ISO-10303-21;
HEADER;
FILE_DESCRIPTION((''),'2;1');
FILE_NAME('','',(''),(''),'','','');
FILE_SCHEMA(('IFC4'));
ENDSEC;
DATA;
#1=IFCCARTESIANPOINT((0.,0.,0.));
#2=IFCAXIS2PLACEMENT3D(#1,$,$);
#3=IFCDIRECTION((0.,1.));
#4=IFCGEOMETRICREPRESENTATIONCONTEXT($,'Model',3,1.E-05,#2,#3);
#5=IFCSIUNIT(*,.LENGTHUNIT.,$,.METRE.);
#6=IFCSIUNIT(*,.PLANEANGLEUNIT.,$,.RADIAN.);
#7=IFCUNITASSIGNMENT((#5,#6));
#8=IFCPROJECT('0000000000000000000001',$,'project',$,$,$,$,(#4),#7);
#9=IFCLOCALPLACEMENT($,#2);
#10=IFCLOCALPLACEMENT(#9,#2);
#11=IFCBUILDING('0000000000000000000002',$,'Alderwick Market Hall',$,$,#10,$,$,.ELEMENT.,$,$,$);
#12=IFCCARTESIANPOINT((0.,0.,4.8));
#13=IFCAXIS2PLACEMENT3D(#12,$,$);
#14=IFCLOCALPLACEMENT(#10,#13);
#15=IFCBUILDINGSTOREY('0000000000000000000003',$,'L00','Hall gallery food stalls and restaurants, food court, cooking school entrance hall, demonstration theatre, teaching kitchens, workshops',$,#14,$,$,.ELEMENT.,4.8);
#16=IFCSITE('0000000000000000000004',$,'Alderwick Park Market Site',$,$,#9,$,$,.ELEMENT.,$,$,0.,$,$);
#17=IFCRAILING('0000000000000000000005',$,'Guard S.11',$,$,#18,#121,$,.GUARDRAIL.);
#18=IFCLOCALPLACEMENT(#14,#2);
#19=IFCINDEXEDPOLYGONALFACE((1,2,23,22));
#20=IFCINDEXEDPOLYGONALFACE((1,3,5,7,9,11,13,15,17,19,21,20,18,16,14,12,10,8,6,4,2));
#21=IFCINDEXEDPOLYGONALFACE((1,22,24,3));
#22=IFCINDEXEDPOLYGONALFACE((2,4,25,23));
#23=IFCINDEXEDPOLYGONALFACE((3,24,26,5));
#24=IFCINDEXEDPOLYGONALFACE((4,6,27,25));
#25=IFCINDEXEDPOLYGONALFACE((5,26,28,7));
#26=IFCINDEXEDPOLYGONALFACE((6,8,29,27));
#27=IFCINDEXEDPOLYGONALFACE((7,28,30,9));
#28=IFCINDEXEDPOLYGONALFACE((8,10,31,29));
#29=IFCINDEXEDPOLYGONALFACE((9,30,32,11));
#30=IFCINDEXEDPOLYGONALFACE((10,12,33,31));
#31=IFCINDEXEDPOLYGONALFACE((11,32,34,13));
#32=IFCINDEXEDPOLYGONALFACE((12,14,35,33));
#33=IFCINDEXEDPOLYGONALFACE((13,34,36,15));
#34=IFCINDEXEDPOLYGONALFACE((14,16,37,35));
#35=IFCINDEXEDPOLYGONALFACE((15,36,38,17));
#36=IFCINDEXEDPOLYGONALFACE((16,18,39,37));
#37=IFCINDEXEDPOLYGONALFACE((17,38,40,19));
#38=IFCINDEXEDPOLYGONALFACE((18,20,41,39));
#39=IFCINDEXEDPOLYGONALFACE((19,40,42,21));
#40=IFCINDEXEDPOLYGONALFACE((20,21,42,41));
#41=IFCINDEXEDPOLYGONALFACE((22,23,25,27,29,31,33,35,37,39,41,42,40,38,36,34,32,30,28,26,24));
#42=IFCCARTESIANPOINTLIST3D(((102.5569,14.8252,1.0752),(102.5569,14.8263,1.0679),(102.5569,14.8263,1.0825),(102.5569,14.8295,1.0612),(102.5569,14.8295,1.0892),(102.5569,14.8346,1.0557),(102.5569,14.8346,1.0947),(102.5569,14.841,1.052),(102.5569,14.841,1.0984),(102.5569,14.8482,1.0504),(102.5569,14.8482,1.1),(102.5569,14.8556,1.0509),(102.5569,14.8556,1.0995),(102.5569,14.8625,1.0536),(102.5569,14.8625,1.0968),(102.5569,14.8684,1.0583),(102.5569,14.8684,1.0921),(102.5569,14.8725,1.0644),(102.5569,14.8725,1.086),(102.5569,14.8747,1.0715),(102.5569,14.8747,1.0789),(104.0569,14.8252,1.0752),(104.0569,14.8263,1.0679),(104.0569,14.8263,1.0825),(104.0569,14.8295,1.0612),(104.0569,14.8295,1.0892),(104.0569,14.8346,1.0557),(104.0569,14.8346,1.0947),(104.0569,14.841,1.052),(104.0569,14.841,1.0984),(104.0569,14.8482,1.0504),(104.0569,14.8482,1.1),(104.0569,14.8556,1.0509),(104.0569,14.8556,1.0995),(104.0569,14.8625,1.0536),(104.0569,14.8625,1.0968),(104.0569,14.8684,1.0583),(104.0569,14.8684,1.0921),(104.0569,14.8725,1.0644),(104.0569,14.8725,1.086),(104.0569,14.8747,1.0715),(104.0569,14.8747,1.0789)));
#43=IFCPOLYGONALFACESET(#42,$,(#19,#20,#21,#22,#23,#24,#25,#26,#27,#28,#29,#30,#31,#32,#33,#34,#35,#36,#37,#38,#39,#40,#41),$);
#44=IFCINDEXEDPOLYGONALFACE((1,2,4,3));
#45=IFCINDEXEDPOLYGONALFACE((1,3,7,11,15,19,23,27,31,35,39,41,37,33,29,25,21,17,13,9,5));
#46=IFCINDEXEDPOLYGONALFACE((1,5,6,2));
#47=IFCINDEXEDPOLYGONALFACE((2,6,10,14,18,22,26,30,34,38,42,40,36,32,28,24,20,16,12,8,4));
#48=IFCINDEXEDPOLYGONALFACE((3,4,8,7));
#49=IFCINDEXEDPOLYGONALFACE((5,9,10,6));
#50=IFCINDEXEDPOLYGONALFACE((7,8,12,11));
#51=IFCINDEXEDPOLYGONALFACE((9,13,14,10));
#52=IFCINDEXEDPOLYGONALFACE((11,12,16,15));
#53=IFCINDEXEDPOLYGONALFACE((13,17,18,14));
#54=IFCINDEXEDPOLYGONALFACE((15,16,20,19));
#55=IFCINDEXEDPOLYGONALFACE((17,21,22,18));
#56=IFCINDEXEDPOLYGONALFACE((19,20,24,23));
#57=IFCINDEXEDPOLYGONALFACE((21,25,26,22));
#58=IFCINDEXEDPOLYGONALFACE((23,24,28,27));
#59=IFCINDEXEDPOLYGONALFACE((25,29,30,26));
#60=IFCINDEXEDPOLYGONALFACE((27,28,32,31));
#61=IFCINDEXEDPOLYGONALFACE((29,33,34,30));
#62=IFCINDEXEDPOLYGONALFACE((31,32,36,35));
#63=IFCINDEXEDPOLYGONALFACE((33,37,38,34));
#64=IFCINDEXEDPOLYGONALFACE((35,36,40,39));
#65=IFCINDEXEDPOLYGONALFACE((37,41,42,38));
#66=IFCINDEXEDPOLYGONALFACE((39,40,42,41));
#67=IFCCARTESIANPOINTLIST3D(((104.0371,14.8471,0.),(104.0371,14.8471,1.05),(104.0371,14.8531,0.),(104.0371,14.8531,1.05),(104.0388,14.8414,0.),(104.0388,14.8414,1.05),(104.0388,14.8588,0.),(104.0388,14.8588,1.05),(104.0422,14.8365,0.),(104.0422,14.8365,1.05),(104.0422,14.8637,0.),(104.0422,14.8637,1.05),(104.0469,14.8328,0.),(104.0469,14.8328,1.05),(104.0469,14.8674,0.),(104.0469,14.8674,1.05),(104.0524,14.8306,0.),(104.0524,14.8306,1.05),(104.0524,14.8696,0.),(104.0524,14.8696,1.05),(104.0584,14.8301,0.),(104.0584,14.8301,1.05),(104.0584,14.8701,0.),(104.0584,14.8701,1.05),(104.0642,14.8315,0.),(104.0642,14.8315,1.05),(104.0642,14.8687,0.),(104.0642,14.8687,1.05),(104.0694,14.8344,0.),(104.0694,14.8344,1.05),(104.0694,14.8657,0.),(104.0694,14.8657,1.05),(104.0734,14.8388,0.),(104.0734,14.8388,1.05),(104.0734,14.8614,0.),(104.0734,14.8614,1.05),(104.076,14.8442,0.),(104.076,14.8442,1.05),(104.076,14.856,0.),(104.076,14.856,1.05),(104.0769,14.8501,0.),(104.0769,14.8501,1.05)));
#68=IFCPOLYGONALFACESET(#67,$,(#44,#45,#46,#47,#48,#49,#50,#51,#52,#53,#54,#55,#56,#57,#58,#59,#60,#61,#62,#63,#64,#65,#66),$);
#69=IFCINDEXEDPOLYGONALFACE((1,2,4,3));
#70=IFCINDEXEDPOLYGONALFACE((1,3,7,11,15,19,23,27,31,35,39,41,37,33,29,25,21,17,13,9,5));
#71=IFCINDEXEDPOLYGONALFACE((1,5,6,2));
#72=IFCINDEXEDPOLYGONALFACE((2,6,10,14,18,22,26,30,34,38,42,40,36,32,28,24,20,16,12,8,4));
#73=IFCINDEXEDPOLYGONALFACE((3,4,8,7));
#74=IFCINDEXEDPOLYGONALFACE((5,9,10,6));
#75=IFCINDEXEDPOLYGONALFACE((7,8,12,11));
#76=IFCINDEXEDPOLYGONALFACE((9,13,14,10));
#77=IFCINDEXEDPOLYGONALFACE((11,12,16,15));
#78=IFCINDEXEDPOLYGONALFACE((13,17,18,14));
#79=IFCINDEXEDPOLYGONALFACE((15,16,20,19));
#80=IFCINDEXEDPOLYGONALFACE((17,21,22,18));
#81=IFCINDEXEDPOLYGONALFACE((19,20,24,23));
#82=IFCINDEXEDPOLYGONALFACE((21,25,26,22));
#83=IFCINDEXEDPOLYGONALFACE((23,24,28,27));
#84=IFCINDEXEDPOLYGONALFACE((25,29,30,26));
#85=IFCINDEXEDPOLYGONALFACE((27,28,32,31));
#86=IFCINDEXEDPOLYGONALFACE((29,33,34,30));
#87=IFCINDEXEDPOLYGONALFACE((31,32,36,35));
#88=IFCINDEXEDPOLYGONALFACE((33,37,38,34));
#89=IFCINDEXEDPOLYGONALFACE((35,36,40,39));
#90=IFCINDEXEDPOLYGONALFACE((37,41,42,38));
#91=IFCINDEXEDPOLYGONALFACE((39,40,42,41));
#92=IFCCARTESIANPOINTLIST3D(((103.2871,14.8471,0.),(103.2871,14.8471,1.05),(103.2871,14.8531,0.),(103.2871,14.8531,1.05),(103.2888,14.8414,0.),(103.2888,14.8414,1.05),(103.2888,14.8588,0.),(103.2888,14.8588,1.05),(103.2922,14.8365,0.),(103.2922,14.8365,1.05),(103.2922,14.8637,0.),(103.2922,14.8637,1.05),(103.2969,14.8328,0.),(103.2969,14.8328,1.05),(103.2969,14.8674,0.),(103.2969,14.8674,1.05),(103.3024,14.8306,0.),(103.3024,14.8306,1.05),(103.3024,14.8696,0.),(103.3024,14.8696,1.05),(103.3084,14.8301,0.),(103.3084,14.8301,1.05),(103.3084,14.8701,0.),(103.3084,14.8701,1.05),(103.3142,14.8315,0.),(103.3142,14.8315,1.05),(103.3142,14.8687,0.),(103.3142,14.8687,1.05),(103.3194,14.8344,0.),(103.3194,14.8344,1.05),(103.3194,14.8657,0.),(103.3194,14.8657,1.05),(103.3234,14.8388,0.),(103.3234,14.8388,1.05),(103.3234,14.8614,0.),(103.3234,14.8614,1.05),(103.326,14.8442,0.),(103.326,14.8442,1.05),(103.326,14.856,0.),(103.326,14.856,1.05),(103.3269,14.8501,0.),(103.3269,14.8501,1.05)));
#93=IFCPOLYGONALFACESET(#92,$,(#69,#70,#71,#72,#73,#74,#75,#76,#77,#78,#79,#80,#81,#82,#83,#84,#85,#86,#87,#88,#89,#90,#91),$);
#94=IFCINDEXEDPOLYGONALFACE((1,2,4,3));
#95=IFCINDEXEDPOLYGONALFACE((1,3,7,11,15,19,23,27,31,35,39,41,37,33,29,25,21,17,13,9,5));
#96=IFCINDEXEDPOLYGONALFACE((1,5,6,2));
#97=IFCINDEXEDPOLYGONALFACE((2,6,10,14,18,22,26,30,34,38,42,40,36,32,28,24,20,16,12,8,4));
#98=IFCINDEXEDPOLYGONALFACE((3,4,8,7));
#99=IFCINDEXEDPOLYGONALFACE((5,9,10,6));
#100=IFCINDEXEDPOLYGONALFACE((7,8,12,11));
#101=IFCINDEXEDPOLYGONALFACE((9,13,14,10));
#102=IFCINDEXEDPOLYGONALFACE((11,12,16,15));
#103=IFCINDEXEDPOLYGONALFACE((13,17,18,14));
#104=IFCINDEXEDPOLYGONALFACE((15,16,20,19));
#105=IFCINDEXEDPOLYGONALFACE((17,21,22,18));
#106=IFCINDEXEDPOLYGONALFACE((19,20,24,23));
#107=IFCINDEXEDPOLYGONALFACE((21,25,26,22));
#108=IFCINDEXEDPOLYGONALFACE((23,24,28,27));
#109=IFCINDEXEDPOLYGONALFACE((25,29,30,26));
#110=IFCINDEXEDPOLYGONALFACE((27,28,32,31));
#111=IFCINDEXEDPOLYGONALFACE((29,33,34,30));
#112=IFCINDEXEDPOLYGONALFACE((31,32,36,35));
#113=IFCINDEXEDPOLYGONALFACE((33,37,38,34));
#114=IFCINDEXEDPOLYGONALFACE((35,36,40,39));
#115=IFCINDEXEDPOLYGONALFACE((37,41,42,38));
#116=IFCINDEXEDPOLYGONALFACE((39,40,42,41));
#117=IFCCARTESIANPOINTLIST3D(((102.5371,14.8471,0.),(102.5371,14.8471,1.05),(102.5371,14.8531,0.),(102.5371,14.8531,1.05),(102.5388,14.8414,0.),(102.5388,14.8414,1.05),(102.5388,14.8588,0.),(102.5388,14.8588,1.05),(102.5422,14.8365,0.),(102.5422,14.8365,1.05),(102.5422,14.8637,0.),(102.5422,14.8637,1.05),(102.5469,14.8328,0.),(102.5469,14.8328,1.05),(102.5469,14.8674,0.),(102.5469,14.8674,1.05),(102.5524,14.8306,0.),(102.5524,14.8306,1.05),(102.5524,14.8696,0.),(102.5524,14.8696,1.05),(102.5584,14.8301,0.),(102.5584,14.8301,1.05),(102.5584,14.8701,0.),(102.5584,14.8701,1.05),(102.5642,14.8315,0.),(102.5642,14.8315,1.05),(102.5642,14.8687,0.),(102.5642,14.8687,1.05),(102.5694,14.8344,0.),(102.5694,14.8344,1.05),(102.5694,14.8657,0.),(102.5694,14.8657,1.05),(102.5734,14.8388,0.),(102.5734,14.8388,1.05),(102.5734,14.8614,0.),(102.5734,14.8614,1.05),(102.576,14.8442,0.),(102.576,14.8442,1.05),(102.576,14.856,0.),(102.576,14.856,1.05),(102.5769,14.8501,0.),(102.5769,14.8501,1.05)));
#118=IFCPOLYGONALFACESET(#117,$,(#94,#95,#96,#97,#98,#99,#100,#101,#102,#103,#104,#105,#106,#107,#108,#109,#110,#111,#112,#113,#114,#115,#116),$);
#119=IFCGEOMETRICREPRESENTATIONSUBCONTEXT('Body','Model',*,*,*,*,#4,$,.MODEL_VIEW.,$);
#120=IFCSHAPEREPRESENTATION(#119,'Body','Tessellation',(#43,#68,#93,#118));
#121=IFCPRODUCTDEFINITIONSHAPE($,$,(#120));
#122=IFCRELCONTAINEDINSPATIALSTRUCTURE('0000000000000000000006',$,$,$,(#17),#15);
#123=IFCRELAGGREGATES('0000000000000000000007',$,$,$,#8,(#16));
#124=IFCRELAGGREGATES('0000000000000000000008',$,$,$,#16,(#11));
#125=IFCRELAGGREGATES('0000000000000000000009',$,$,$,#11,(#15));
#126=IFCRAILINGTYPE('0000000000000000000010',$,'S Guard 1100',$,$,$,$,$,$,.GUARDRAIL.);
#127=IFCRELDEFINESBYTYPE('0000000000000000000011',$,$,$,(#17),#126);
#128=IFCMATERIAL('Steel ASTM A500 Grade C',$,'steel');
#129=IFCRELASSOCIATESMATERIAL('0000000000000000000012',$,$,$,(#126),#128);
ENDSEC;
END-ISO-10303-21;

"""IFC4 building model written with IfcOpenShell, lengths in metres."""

from ifc_helpers import new_model, si_unit, direction, frame, origin, origin_2d, place, context, subcontext, project, spatial, circle, extrude, material, type_object, element, save


model = new_model("IFC4")

# Units and contexts
model_context = context("Model", 3, precision=1e-05, world=origin(), true_north=direction((0.0, 1.0)))
body_context = subcontext(model_context, "Body", "Model", "MODEL_VIEW")
ifc_project = project(units=[si_unit("LENGTHUNIT", "METRE"), si_unit("PLANEANGLEUNIT", "RADIAN")], contexts=[model_context])

# Site, building, storey
site_placement = place(None, origin())
site = spatial("IfcSite", under=ifc_project, at=site_placement, Name="Alderwick Park Market Site", CompositionType="ELEMENT", RefElevation=0.0)
building_placement = place(site_placement, origin())
building = spatial("IfcBuilding", under=site, at=building_placement, Name="Alderwick Market Hall", CompositionType="ELEMENT")
storey_placement = place(building_placement, frame((0.0, 0.0, 4.8)))
storey = spatial("IfcBuildingStorey", under=building, at=storey_placement, Name="L00", Description="Hall gallery food stalls and restaurants, food court, cooking school entrance hall, demonstration theatre, teaching kitchens, workshops", CompositionType="ELEMENT", Elevation=4.8)

# Shared definitions
ifc_material_1 = material(Name="Steel ASTM A500 Grade C", Category="steel")

# Railing
railing_type_1 = type_object("IfcRailingType", Name="S Guard 1100", PredefinedType="GUARDRAIL", material=ifc_material_1)
railing_1_placement = place(storey_placement, frame((104.0569, 14.8501, 0.0)))
element("IfcRailing", 1, at=railing_1_placement, inside=storey, type_object=railing_type_1, Name="Guard S.11", PredefinedType="GUARDRAIL", context=body_context, shape_type="SweptSolid", body=[
    extrude(circle(Radius=0.0249, at=origin_2d()), frame((0.0, 0.0, 1.0752), z_axis=(-1.0, 0.0, 0.0), x_axis=(0.0, -1.0, 0.0)), (0.0, 0.0, 1.0), 1.5),
    extrude(circle(Radius=0.02, at=origin_2d()), origin(), (0.0, 0.0, 1.0), 1.05),
    extrude(circle(Radius=0.02, at=origin_2d()), frame((-0.75, 0.0, 0.0)), (0.0, 0.0, 1.0), 1.05),
    extrude(circle(Radius=0.02, at=origin_2d()), frame((-1.5, 0.0, 0.0)), (0.0, 0.0, 1.0), 1.05),
])

save(model, "model.ifc")
